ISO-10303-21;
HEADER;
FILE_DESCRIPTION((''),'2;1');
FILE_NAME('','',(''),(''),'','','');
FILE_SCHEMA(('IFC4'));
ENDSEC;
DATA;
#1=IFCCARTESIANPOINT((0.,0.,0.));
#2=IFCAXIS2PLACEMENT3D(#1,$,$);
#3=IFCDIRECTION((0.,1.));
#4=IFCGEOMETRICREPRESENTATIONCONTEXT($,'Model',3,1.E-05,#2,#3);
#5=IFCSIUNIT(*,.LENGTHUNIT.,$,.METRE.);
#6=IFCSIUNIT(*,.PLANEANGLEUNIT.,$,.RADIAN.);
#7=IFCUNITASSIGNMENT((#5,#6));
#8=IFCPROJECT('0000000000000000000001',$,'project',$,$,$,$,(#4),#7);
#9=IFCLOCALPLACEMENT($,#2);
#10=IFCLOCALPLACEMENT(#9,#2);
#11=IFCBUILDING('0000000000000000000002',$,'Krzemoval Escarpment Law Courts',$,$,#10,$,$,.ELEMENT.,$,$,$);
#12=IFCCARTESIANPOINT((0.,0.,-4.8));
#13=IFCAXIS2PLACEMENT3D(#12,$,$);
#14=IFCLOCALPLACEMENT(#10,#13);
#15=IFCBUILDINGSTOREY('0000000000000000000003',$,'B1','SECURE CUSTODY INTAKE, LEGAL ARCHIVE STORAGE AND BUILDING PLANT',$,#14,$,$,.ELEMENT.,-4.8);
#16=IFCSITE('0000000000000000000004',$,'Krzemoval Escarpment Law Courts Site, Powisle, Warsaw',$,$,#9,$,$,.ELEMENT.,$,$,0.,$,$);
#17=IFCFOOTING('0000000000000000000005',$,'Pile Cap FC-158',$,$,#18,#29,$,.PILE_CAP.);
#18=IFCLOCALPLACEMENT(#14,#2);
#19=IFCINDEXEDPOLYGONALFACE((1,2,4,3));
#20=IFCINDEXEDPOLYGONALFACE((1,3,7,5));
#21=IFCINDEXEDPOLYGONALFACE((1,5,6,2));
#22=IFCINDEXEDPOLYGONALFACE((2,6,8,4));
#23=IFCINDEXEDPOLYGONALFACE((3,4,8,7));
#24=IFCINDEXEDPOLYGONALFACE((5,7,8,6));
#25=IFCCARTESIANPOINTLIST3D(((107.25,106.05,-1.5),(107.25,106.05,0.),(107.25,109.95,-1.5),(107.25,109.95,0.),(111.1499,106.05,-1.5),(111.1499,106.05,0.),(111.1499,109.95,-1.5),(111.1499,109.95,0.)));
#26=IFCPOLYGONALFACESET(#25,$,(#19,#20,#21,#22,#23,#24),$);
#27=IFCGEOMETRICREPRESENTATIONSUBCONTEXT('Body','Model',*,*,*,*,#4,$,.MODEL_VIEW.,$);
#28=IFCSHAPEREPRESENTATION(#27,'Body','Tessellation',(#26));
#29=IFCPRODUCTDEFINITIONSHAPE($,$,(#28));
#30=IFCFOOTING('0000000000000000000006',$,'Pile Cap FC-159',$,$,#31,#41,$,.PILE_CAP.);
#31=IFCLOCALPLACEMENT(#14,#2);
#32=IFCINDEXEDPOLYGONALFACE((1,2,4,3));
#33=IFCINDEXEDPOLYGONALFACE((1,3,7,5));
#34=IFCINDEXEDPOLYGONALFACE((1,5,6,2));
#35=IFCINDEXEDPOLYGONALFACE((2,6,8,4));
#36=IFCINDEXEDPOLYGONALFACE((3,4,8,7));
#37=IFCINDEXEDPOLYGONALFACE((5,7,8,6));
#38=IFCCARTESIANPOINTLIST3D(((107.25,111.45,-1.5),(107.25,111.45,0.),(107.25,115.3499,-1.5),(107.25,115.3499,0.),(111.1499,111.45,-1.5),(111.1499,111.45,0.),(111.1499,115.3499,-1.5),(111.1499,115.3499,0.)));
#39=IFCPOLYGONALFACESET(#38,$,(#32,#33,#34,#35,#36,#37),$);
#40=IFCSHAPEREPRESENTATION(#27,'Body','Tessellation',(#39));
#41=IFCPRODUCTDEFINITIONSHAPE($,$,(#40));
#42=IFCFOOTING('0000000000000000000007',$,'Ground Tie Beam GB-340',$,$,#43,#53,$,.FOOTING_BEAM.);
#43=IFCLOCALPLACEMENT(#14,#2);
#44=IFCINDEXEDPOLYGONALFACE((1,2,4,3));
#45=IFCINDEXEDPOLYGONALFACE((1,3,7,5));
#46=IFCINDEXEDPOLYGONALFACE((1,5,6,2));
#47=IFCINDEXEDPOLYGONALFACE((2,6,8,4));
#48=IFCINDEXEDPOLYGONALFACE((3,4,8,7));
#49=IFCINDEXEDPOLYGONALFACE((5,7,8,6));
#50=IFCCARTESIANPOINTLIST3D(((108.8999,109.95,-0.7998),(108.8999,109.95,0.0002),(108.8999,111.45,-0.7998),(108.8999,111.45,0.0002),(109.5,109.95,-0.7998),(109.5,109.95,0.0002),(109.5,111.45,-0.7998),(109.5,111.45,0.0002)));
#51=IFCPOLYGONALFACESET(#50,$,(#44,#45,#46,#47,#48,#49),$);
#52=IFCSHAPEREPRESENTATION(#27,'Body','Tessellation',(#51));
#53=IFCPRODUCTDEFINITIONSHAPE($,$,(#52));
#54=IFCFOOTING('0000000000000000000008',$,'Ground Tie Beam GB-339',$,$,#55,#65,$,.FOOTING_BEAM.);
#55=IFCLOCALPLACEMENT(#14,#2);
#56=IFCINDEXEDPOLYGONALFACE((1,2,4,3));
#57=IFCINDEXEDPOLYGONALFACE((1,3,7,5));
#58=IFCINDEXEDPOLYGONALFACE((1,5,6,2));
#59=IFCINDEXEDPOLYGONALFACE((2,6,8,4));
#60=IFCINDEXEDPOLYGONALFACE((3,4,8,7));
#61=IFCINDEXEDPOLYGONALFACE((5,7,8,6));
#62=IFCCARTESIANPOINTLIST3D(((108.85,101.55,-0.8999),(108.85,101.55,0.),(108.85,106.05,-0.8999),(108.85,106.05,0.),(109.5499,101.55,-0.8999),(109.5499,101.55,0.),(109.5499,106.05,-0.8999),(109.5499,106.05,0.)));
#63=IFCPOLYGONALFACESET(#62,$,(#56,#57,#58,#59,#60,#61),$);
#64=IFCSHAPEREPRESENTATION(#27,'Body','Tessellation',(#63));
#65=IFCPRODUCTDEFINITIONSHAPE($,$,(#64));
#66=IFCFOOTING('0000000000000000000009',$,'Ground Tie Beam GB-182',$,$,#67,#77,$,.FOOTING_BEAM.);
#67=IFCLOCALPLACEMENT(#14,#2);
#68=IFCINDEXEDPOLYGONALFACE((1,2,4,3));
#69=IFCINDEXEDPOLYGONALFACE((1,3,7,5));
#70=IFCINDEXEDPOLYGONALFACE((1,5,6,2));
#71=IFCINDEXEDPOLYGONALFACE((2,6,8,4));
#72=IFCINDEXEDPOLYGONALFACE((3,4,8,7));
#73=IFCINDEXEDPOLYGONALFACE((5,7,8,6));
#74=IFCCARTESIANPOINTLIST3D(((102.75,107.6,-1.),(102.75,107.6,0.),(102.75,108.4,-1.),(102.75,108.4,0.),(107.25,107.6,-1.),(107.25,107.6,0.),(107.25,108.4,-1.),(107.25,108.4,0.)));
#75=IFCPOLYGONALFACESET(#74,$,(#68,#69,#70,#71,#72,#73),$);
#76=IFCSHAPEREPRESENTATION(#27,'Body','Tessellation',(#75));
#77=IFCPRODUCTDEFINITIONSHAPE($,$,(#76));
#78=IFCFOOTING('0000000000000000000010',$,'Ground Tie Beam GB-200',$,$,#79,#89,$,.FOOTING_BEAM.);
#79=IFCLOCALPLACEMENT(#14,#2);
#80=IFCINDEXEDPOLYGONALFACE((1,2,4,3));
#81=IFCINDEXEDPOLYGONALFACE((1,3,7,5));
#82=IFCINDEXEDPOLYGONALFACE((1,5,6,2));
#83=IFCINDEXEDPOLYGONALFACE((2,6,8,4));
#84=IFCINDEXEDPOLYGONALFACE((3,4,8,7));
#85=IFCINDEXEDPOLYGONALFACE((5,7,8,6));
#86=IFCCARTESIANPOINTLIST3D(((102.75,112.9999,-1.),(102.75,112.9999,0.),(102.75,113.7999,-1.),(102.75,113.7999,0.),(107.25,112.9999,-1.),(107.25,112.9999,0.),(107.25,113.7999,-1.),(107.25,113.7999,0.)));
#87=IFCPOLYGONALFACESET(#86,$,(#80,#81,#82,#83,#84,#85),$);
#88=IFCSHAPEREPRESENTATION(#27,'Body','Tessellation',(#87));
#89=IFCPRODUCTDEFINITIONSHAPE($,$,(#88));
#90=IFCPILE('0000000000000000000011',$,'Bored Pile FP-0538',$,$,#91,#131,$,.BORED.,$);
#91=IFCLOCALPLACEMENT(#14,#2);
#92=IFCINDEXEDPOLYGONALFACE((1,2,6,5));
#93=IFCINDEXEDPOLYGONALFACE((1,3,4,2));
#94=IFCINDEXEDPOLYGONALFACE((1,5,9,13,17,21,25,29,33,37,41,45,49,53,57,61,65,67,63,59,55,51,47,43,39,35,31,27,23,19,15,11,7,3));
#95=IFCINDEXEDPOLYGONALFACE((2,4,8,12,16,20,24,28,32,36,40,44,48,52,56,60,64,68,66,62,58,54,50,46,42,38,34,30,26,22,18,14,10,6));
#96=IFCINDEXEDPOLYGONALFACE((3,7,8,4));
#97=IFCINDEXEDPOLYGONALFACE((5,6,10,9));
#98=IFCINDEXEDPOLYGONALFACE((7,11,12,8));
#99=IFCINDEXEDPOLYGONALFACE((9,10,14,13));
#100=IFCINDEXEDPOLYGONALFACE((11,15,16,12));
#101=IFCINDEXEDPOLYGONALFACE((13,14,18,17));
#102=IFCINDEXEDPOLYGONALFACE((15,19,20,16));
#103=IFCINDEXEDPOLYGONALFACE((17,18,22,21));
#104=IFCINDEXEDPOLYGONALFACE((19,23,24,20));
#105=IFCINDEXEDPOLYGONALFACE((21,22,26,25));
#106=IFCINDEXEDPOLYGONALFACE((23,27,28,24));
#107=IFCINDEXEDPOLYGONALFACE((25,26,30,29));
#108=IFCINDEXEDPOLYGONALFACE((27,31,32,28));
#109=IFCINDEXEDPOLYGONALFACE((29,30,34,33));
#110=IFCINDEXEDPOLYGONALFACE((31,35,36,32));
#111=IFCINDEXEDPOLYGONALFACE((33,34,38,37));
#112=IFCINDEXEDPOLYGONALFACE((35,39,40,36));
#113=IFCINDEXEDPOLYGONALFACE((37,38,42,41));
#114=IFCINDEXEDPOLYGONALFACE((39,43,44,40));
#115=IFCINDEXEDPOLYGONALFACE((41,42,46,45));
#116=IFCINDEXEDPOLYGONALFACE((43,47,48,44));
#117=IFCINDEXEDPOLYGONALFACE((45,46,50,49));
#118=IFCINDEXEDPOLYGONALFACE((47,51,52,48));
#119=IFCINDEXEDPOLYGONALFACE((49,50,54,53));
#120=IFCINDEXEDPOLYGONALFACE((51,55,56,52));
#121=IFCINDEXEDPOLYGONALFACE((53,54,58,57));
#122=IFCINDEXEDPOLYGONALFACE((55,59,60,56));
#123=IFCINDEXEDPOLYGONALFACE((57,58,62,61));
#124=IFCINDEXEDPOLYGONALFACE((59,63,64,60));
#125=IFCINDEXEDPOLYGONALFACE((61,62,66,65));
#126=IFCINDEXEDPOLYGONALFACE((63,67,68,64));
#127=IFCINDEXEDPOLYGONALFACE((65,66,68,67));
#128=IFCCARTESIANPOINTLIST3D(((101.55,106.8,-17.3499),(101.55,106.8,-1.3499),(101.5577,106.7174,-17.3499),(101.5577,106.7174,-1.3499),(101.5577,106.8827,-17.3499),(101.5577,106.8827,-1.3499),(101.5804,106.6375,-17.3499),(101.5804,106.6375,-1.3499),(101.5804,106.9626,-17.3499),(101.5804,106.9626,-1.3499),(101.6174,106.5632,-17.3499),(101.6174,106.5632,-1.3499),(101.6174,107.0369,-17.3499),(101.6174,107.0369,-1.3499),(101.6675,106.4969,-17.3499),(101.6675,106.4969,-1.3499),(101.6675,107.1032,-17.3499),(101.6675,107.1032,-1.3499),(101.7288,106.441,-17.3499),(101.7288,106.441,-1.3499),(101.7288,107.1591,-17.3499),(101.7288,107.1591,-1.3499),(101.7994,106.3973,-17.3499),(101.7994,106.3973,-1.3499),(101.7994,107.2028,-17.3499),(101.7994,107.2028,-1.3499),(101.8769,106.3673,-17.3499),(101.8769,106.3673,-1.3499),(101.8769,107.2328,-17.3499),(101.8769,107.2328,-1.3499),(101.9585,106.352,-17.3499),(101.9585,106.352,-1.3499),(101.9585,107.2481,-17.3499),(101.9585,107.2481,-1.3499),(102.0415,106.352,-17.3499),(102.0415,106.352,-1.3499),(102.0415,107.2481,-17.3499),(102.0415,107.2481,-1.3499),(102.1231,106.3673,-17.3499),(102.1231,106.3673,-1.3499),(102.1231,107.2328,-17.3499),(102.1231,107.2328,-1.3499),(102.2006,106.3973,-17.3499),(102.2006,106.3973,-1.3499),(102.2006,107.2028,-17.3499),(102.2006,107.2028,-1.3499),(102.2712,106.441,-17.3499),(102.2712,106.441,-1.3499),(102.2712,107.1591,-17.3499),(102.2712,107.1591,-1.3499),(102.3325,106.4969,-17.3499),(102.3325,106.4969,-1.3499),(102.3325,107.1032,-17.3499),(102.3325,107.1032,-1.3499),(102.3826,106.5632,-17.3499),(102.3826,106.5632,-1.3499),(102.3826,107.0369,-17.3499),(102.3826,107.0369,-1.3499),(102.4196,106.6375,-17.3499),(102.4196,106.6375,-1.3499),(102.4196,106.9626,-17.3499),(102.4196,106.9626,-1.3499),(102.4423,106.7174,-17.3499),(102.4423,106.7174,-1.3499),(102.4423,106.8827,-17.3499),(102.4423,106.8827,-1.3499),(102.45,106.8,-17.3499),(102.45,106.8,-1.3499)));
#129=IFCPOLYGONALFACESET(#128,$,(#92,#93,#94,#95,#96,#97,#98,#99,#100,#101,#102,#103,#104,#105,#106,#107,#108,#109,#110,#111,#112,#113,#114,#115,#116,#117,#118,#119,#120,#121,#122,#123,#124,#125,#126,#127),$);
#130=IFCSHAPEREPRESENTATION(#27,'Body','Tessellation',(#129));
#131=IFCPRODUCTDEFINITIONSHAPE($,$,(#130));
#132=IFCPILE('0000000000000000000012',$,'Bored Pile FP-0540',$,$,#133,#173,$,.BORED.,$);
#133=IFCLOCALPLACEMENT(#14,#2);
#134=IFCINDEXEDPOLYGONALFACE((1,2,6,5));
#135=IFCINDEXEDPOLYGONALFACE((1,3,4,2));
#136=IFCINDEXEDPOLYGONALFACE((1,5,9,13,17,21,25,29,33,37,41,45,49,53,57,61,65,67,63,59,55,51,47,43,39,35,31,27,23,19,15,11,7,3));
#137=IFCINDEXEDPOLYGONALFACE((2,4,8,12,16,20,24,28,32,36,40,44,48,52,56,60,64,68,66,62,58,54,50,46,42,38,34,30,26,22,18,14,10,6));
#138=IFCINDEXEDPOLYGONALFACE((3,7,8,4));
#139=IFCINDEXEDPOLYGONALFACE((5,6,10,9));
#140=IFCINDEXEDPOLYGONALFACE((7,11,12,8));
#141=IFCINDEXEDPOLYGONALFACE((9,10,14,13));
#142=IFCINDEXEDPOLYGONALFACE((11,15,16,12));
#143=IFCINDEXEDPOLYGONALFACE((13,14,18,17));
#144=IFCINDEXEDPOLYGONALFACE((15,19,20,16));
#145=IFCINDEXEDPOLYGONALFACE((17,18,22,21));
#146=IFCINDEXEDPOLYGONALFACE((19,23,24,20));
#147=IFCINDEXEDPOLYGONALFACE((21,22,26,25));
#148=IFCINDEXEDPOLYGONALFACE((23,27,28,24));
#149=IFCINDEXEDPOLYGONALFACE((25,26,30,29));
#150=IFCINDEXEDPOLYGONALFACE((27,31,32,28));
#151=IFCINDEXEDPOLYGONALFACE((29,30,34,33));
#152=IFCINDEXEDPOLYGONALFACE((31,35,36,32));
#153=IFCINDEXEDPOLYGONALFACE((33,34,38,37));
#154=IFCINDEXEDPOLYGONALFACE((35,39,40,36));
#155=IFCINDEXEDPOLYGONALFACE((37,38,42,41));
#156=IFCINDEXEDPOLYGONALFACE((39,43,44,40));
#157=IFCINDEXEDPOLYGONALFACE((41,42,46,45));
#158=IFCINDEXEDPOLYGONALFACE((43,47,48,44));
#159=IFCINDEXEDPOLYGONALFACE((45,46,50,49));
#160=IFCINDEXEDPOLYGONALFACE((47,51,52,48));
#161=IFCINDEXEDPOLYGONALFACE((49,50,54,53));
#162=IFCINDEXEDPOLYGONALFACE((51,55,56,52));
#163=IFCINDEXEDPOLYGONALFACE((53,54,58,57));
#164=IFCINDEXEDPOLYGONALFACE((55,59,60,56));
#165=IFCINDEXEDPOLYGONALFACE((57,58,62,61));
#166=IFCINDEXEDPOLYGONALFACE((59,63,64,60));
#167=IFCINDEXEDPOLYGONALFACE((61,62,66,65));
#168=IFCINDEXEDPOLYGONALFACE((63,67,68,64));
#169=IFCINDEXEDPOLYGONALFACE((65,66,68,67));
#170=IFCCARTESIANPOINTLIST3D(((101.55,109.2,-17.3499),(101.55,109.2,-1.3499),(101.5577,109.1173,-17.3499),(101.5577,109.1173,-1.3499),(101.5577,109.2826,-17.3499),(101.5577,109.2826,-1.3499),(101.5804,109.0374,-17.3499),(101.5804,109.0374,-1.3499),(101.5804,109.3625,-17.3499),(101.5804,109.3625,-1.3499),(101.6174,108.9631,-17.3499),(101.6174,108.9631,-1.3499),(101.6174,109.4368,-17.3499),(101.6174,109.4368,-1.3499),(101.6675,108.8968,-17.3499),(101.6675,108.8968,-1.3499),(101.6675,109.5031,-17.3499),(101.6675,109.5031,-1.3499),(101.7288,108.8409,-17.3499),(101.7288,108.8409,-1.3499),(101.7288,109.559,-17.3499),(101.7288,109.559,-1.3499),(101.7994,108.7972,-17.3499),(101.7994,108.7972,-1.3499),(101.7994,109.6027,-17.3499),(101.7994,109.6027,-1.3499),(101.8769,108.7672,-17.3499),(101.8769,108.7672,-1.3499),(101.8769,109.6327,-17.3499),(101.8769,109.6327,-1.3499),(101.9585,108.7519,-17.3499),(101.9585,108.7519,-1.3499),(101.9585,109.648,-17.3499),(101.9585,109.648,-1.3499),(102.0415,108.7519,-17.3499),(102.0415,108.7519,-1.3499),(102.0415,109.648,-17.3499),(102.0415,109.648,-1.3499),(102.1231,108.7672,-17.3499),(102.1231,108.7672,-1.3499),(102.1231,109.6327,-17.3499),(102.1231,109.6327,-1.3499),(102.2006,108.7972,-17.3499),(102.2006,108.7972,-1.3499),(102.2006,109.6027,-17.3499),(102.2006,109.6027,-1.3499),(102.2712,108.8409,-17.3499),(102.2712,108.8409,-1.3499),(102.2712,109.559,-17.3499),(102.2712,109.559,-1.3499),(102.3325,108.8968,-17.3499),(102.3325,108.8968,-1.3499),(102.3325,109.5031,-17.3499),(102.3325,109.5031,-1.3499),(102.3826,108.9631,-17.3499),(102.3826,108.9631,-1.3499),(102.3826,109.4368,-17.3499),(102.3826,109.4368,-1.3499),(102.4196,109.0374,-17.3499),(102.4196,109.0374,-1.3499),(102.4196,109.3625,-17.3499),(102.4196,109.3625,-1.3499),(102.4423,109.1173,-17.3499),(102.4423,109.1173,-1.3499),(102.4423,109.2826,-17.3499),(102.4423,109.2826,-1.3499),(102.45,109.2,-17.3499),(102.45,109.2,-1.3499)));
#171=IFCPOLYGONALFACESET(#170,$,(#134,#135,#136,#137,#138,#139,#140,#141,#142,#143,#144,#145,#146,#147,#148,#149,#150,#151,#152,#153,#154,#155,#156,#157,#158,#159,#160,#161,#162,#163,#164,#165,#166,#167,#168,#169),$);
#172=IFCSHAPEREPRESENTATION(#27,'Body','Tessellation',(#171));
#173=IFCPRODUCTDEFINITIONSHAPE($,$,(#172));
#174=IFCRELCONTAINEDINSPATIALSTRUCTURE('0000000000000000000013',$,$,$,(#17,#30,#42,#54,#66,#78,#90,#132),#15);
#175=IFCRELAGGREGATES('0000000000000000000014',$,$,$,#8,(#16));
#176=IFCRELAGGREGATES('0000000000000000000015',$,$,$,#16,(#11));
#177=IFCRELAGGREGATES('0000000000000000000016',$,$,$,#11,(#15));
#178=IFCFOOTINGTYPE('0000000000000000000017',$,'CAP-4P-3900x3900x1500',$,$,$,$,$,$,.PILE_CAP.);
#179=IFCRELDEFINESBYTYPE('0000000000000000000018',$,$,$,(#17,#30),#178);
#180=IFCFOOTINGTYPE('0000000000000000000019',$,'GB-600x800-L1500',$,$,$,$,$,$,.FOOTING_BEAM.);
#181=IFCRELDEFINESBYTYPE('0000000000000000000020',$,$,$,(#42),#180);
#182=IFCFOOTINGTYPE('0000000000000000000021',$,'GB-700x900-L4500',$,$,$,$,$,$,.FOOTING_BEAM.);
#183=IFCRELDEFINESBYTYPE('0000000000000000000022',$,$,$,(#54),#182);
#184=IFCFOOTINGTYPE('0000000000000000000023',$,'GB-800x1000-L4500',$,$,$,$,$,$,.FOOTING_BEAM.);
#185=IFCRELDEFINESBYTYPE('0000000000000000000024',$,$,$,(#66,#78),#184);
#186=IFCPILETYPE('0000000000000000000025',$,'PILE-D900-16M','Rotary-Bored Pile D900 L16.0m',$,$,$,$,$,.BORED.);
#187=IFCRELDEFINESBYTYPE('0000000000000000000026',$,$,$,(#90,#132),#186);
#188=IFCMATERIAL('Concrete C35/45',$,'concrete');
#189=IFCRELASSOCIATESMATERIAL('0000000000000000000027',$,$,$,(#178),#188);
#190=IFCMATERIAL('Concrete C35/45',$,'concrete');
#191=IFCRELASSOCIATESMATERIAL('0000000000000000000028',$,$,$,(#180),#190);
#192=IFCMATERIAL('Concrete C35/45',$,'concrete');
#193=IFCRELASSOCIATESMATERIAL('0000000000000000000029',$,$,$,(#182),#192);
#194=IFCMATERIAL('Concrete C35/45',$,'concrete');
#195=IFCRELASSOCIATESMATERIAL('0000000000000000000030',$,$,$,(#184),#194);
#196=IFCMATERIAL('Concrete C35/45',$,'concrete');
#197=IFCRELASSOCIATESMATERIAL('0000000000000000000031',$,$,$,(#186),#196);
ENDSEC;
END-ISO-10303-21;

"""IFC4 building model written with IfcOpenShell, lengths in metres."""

from ifc_helpers import new_model, si_unit, direction, frame, origin, origin_2d, place, context, subcontext, project, spatial, rectangle, circle, extrude, material, material_profile, profile_set, type_object, element, save


model = new_model("IFC4")

# Units and contexts
model_context = context("Model", 3, precision=1e-05, world=origin(), true_north=direction((0.0, 1.0)))
body_context = subcontext(model_context, "Body", "Model", "MODEL_VIEW")
ifc_project = project(units=[si_unit("LENGTHUNIT", "METRE"), si_unit("PLANEANGLEUNIT", "RADIAN")], contexts=[model_context])

# Site, building, storey
site_placement = place(None, origin())
site = spatial("IfcSite", under=ifc_project, at=site_placement, Name="Krzemoval Escarpment Law Courts Site, Powisle, Warsaw", CompositionType="ELEMENT", RefElevation=0.0)
building_placement = place(site_placement, origin())
building = spatial("IfcBuilding", under=site, at=building_placement, Name="Krzemoval Escarpment Law Courts", CompositionType="ELEMENT")
storey_placement = place(building_placement, frame((0.0, 0.0, -4.8)))
storey = spatial("IfcBuildingStorey", under=building, at=storey_placement, Name="B1", Description="SECURE CUSTODY INTAKE, LEGAL ARCHIVE STORAGE AND BUILDING PLANT", CompositionType="ELEMENT", Elevation=-4.8)

# Footings
ifc_material_1 = material(Name="Concrete C35/45", Category="concrete")
footing_type_1 = type_object("IfcFootingType", Name="CAP-4P-3900x3900x1500", PredefinedType="PILE_CAP", material=ifc_material_1)
for number, where, z_axis, x_axis, name in (
    (1, (109.2, 108.0, -1.5), (0.0, 0.0, 1.0), (1.0, 0.0, 0.0), "Pile Cap FC-158"),
    (2, (109.2, 113.3999, -1.5), (0.0, 0.0, 1.0), (1.0, 0.0, 0.0), "Pile Cap FC-159"),
):
    element("IfcFooting", number, at=place(storey_placement, frame(where, z_axis=z_axis, x_axis=x_axis)), inside=storey, type_object=footing_type_1, Name=name, PredefinedType="PILE_CAP", context=body_context, shape_type="SweptSolid", body=[
        extrude(rectangle(XDim=3.8999, YDim=3.8999, at=origin_2d()), origin(), (0.0, 0.0, 1.0), 1.5),
    ])
ifc_material_2 = material(Name="Concrete C35/45", Category="concrete")
footing_type_2 = type_object("IfcFootingType", Name="GB-600x800-L1500", PredefinedType="FOOTING_BEAM", material=ifc_material_2)
footing_1_placement = place(storey_placement, frame((109.2, 110.7, -0.7998), z_axis=(0.0, 0.0, 1.0), x_axis=(0.0, 1.0, 0.0)))
element("IfcFooting", 3, at=footing_1_placement, inside=storey, type_object=footing_type_2, Name="Ground Tie Beam GB-340", PredefinedType="FOOTING_BEAM", context=body_context, shape_type="SweptSolid", body=[
    extrude(rectangle(XDim=1.5, YDim=0.6001, at=origin_2d()), origin(), (0.0, 0.0, 1.0), 0.8),
])
ifc_material_3 = material(Name="Concrete C35/45", Category="concrete")
footing_type_3 = type_object("IfcFootingType", Name="GB-700x900-L4500", PredefinedType="FOOTING_BEAM", material=ifc_material_3)
footing_2_placement = place(storey_placement, frame((109.2, 103.8, -0.8999), z_axis=(0.0, 0.0, 1.0), x_axis=(0.0, 1.0, 0.0)))
element("IfcFooting", 4, at=footing_2_placement, inside=storey, type_object=footing_type_3, Name="Ground Tie Beam GB-339", PredefinedType="FOOTING_BEAM", context=body_context, shape_type="SweptSolid", body=[
    extrude(rectangle(XDim=4.5, YDim=0.7, at=origin_2d()), origin(), (0.0, 0.0, 1.0), 0.8999),
])
ifc_material_4 = material(Name="Concrete C35/45", Category="concrete")
footing_type_4 = type_object("IfcFootingType", Name="GB-800x1000-L4500", PredefinedType="FOOTING_BEAM", material=ifc_material_4)
for number, where, z_axis, x_axis, name in (
    (5, (105.0, 108.0, -1.0), (0.0, 0.0, 1.0), (1.0, 0.0, 0.0), "Ground Tie Beam GB-182"),
    (6, (105.0, 113.3999, -1.0), (0.0, 0.0, 1.0), (1.0, 0.0, 0.0), "Ground Tie Beam GB-200"),
):
    element("IfcFooting", number, at=place(storey_placement, frame(where, z_axis=z_axis, x_axis=x_axis)), inside=storey, type_object=footing_type_4, Name=name, PredefinedType="FOOTING_BEAM", context=body_context, shape_type="SweptSolid", body=[
        extrude(rectangle(XDim=4.5, YDim=0.8, at=origin_2d()), origin(), (0.0, 0.0, 1.0), 1.0),
    ])

# Piles
ifc_material_5 = material(Name="Concrete C35/45", Category="concrete")
ifc_material_profile_1 = material_profile(ifc_material_5, circle(Radius=0.45, at=origin_2d()), Name="PILE D900")
ifc_profile_set_1 = profile_set([ifc_material_profile_1], Name="Concrete C35/45")
pile_type = type_object("IfcPileType", Name="PILE-D900-16M", Description="Rotary-Bored Pile D900 L16.0m", PredefinedType="BORED", material=ifc_profile_set_1)
for number, where, z_axis, x_axis, name in (
    (7, (102.0, 106.8, -1.3499), (0.0, 0.0, -1.0), (1.0, 0.0, 0.0), "Bored Pile FP-0538"),
    (8, (102.0, 109.2, -1.3499), (0.0, 0.0, -1.0), (1.0, 0.0, 0.0), "Bored Pile FP-0540"),
):
    element("IfcPile", number, at=place(storey_placement, frame(where, z_axis=z_axis, x_axis=x_axis)), inside=storey, type_object=pile_type, Name=name, PredefinedType="BORED", context=body_context, shape_type="SweptSolid", body=[
        extrude(circle(Radius=0.45, at=origin_2d()), origin(), (0.0, 0.0, 1.0), 16.0),
    ])

save(model, "model.ifc")
